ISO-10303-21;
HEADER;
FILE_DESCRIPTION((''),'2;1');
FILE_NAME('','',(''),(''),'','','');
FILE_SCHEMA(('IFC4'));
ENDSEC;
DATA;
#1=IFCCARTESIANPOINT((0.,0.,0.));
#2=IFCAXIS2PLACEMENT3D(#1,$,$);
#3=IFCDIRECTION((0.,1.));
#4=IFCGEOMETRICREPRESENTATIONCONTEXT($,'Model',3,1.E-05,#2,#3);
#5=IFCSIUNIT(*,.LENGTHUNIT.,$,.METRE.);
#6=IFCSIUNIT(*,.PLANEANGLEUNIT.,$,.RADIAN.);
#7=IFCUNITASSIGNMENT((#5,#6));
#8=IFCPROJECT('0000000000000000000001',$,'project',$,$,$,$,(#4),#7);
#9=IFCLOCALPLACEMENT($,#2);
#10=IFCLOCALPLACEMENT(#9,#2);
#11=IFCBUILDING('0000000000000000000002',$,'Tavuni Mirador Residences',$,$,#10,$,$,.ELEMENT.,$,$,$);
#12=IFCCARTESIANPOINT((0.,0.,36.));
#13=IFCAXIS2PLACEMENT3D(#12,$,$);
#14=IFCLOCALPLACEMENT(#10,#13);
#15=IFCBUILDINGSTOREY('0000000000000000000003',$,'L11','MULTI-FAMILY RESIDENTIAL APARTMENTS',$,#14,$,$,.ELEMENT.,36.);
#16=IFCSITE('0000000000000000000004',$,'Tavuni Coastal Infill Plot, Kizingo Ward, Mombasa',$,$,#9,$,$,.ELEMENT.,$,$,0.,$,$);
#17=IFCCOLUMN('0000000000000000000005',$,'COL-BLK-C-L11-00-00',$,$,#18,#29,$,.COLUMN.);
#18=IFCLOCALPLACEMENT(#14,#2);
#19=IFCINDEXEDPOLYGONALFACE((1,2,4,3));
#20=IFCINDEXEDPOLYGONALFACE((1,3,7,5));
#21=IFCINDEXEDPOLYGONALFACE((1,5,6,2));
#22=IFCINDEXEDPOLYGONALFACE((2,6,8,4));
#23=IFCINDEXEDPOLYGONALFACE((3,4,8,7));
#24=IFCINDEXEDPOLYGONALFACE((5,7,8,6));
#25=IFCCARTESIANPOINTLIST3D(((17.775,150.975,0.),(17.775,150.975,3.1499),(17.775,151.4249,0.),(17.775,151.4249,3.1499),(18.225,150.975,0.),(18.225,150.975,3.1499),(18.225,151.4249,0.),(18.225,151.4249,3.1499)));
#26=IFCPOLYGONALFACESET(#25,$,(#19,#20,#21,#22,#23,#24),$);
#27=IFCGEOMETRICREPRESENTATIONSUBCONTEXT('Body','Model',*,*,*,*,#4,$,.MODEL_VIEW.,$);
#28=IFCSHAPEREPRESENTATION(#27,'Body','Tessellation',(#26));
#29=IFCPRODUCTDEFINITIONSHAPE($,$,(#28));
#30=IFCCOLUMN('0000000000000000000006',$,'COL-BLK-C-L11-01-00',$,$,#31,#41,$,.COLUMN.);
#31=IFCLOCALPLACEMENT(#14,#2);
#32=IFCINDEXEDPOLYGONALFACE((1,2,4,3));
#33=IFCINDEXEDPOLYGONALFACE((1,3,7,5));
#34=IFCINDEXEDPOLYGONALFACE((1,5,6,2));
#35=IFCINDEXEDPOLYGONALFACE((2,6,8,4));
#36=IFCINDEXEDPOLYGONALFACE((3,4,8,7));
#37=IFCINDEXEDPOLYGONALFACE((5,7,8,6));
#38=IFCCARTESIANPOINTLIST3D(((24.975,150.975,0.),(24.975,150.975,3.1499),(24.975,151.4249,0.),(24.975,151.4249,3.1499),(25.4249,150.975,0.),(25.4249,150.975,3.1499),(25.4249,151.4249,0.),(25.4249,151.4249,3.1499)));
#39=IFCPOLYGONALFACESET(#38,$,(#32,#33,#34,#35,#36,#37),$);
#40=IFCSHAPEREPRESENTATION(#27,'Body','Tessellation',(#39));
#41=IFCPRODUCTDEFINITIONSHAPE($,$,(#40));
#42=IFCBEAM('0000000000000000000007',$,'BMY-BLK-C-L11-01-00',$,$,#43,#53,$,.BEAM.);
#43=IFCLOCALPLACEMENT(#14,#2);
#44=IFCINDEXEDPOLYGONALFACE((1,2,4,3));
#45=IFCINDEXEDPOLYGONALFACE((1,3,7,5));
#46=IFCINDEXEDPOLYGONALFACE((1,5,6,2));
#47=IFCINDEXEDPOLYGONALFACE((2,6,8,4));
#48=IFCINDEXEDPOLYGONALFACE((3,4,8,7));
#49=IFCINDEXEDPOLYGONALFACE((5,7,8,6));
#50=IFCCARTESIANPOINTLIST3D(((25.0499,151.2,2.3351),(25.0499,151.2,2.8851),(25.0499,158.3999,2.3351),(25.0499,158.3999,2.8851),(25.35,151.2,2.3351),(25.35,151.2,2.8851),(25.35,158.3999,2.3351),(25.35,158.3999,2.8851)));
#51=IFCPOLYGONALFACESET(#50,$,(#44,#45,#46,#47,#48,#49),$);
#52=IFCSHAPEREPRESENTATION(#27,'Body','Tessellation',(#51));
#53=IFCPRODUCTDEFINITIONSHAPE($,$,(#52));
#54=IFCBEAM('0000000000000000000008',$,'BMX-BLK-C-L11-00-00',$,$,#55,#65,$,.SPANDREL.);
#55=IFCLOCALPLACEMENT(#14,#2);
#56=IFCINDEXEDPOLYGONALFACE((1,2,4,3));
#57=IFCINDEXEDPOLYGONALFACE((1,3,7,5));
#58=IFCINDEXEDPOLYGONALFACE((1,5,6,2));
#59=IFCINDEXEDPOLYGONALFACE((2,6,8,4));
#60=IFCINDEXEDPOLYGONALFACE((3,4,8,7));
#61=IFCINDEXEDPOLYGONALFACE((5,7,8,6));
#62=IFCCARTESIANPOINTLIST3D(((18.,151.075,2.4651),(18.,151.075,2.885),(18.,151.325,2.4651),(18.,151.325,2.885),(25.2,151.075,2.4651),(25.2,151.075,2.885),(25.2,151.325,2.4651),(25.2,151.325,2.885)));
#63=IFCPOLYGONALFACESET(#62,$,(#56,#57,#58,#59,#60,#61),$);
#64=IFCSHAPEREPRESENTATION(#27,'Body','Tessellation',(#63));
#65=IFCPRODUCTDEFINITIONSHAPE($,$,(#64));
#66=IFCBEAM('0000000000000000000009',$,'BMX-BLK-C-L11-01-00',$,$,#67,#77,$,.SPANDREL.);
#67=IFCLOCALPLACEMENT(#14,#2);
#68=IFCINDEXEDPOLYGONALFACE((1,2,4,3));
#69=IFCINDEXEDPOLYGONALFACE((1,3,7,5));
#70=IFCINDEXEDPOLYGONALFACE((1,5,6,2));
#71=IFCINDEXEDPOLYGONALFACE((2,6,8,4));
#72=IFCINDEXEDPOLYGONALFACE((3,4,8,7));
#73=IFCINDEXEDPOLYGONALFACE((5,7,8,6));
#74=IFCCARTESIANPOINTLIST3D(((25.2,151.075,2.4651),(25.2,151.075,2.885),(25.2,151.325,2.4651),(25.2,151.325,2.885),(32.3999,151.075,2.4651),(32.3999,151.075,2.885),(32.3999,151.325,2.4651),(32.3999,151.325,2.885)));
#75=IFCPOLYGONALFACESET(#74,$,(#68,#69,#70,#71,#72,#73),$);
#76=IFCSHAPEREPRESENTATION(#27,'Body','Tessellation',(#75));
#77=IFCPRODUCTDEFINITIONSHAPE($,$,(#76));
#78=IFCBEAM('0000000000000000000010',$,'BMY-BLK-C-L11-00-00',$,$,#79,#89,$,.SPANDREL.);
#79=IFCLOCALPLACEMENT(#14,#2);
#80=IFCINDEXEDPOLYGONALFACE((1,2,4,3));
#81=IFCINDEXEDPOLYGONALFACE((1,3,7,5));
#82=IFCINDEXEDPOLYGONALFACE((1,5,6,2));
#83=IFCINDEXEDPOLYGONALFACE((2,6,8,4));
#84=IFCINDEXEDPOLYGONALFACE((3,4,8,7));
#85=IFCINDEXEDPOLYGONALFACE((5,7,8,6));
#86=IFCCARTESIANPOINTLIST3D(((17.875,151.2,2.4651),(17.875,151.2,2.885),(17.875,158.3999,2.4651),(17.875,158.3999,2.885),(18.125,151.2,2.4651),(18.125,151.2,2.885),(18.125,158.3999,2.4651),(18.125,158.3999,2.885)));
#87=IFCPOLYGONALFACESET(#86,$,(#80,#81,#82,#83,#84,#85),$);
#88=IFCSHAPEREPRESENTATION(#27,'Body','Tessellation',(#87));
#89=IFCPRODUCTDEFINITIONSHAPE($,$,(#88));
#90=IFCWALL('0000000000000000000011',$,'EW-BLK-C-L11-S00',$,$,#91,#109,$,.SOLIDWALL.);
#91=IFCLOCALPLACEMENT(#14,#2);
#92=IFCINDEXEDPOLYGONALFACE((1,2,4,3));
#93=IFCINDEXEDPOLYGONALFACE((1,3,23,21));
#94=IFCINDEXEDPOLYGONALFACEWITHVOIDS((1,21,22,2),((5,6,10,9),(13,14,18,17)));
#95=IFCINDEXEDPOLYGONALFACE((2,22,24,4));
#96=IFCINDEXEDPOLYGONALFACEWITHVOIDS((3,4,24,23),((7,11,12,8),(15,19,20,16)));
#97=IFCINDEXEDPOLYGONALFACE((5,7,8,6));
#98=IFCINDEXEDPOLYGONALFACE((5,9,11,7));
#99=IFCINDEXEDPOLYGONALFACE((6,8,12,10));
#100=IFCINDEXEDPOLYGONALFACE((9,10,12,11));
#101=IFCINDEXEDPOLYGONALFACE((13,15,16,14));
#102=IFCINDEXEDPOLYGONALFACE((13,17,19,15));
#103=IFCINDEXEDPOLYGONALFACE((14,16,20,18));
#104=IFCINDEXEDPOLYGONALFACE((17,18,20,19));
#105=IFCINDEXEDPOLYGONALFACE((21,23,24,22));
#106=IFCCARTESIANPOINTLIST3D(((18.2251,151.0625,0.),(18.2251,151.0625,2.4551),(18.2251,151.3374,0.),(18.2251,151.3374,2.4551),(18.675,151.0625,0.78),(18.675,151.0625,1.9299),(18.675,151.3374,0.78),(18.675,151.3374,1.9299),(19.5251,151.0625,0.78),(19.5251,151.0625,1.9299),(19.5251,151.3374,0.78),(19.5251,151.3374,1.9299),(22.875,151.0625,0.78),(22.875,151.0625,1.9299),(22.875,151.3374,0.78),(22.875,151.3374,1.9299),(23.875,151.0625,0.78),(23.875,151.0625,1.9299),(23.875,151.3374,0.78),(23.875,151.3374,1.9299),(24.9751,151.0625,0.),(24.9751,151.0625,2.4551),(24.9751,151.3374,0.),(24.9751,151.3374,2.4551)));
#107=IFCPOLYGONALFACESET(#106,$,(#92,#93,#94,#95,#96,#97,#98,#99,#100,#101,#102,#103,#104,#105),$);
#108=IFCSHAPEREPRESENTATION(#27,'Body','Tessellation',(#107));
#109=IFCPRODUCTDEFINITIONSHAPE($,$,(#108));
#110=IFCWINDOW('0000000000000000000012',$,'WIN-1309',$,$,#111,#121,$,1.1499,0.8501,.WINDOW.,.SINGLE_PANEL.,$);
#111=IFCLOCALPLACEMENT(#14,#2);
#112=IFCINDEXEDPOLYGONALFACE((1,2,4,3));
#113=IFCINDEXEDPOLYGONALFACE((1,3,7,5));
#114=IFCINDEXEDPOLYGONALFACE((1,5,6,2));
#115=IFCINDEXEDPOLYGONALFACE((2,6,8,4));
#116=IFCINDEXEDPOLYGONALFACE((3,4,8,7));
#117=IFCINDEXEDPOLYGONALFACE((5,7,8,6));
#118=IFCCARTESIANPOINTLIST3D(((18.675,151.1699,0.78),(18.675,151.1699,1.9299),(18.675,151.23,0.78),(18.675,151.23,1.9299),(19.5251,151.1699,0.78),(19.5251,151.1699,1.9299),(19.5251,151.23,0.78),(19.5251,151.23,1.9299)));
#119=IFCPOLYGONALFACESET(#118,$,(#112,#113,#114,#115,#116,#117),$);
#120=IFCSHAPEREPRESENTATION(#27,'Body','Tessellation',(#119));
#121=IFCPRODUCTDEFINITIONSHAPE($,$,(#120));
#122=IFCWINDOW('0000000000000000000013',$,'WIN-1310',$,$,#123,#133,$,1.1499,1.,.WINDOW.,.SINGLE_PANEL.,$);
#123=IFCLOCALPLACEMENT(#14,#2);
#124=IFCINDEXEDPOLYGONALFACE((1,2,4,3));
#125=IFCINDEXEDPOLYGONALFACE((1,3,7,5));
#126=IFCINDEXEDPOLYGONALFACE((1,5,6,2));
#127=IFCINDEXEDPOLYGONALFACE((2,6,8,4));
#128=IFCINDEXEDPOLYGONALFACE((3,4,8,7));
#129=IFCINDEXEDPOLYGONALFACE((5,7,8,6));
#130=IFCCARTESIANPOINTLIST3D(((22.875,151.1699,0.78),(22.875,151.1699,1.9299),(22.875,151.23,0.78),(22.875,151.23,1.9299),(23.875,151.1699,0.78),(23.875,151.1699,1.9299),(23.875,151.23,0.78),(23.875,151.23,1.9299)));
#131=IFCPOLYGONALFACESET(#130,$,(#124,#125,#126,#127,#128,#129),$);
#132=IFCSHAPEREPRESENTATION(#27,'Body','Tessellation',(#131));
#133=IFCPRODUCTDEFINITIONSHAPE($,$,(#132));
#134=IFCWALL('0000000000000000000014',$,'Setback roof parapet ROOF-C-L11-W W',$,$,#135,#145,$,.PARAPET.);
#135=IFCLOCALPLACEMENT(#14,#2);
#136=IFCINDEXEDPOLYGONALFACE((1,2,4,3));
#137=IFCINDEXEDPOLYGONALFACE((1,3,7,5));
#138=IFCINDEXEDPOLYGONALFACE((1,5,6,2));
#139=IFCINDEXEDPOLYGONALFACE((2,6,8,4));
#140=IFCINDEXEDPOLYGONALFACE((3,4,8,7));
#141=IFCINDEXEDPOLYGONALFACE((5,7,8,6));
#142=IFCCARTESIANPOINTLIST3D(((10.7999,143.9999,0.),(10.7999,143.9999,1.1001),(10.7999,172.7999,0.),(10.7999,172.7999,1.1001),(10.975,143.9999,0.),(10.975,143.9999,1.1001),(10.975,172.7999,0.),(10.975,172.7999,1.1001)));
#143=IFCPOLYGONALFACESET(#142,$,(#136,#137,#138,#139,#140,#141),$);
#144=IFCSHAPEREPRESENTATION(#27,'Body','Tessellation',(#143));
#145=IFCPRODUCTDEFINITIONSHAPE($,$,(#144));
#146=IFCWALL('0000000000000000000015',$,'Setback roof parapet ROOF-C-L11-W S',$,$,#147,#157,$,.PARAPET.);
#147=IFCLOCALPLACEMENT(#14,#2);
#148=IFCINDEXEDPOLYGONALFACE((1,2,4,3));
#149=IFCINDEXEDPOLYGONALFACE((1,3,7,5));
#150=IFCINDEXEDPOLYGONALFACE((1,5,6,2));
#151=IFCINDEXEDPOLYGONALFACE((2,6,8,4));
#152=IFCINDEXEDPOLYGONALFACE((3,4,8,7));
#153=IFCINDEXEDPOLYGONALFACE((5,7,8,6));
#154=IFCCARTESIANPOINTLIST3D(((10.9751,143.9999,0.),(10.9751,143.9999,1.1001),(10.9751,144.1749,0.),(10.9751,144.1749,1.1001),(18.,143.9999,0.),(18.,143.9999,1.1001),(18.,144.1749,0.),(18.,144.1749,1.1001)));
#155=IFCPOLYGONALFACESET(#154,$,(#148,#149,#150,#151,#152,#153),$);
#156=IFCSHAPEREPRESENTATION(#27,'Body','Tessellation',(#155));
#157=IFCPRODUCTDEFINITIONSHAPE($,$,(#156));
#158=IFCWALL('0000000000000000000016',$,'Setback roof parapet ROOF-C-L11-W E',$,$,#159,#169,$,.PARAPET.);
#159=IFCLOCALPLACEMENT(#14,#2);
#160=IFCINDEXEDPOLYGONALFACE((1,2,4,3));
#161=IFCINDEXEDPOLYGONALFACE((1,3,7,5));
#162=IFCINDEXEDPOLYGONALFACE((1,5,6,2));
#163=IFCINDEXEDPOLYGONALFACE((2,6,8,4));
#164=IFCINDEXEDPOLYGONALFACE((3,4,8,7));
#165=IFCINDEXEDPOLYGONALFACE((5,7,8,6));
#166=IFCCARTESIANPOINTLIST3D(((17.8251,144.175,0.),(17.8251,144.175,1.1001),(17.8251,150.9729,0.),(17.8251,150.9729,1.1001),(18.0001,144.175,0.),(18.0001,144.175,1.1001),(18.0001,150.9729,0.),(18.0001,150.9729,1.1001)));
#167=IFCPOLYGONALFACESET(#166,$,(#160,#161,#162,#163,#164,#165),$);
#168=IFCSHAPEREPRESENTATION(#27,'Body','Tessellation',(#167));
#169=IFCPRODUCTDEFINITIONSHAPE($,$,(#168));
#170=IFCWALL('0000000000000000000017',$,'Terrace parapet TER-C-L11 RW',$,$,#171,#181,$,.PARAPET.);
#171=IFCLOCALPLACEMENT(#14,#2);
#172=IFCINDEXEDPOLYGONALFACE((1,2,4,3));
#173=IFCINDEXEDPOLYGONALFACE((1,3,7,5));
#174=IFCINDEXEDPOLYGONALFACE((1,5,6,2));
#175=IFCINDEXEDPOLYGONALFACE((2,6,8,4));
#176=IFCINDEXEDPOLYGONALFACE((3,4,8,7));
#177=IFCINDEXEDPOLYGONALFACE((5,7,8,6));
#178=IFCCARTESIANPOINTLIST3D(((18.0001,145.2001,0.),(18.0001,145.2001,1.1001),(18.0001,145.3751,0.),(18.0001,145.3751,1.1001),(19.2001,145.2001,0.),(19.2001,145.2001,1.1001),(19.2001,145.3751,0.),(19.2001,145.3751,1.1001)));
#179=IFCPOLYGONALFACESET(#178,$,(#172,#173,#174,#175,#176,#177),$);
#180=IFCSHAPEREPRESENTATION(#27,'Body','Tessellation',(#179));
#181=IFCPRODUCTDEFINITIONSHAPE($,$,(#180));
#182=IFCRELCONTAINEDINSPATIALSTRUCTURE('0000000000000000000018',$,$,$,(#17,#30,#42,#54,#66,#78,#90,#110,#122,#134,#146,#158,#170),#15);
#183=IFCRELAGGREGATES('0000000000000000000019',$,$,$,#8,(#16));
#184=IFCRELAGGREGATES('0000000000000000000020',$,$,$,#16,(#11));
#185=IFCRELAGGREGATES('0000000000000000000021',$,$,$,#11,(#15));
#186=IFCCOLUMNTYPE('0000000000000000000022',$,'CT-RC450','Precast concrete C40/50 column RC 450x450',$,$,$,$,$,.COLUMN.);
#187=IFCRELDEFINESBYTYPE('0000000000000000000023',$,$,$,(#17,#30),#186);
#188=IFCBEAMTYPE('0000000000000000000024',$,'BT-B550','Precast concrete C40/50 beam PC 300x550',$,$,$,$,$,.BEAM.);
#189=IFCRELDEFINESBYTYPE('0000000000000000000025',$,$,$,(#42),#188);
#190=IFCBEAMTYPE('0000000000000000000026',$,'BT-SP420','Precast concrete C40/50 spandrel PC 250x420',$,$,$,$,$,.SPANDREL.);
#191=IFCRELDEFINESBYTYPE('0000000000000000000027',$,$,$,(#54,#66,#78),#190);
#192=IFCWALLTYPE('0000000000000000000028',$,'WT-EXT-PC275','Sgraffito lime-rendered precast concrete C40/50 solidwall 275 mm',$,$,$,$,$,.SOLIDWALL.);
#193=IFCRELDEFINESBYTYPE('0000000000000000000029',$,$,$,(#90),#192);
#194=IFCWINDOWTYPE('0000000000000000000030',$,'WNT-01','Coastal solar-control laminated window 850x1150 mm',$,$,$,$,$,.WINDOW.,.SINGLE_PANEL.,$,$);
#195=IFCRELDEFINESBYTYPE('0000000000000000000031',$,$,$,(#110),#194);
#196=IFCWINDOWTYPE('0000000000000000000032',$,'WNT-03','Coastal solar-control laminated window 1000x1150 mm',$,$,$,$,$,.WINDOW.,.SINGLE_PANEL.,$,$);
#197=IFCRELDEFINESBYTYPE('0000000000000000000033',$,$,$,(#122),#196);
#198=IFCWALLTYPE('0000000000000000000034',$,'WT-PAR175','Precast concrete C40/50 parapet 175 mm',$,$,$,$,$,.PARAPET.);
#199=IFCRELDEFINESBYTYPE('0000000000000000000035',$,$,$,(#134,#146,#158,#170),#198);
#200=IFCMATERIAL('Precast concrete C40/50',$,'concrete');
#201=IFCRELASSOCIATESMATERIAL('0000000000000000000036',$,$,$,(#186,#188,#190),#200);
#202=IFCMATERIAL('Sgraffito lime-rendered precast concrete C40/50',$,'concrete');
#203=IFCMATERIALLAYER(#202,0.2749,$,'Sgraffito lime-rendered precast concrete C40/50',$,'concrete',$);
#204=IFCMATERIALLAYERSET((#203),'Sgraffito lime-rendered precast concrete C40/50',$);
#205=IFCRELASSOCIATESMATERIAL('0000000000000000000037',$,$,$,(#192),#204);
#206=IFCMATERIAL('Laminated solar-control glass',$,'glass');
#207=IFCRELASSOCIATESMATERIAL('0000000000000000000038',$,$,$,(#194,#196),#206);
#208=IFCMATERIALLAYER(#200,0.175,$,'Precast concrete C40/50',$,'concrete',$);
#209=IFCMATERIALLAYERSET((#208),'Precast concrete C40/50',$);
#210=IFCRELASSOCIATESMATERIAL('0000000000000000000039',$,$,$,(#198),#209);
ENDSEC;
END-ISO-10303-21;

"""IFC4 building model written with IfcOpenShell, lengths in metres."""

from ifc_helpers import new_model, si_unit, direction, frame, frame_2d, origin, origin_2d, place, context, subcontext, project, spatial, rectangle, extrude, material, layer, layer_set, material_profile, profile_set, type_object, element, fill, save


model = new_model("IFC4")

# Units and contexts
model_context = context("Model", 3, precision=1e-05, world=origin(), true_north=direction((0.0, 1.0)))
body_context = subcontext(model_context, "Body", "Model", "MODEL_VIEW")
ifc_project = project(units=[si_unit("LENGTHUNIT", "METRE"), si_unit("PLANEANGLEUNIT", "RADIAN")], contexts=[model_context])

# Site, building, storey
site_placement = place(None, origin())
site = spatial("IfcSite", under=ifc_project, at=site_placement, Name="Tavuni Coastal Infill Plot, Kizingo Ward, Mombasa", CompositionType="ELEMENT", RefElevation=0.0)
building_placement = place(site_placement, origin())
building = spatial("IfcBuilding", under=site, at=building_placement, Name="Tavuni Mirador Residences", CompositionType="ELEMENT")
storey_placement = place(building_placement, frame((0.0, 0.0, 36.0)))
storey = spatial("IfcBuildingStorey", under=building, at=storey_placement, Name="L11", Description="MULTI-FAMILY RESIDENTIAL APARTMENTS", CompositionType="ELEMENT", Elevation=36.0)

# Columns
ifc_material_1 = material(Name="Precast concrete C40/50", Category="concrete")
ifc_material_profile_1 = material_profile(ifc_material_1, rectangle(XDim=0.45, YDim=0.45, at=origin_2d()), Name="RC 450x450", Category="concrete")
ifc_profile_set_1 = profile_set([ifc_material_profile_1], Name="Precast concrete C40/50")
column_type = type_object("IfcColumnType", Name="CT-RC450", Description="Precast concrete C40/50 column RC 450x450", PredefinedType="COLUMN", material=ifc_profile_set_1)
for number, where, z_axis, x_axis, name in (
    (1, (18.0, 151.2, 0.0), (0.0, 0.0, 1.0), (1.0, 0.0, 0.0), "COL-BLK-C-L11-00-00"),
    (2, (25.2, 151.2, 0.0), (0.0, 0.0, 1.0), (1.0, 0.0, 0.0), "COL-BLK-C-L11-01-00"),
):
    element("IfcColumn", number, at=place(storey_placement, frame(where, z_axis=z_axis, x_axis=x_axis)), inside=storey, type_object=column_type, Name=name, PredefinedType="COLUMN", context=body_context, shape_type="SweptSolid", body=[
        extrude(rectangle(XDim=0.45, YDim=0.45, at=origin_2d()), origin(), (0.0, 0.0, 1.0), 3.1499),
    ])

# Beams
ifc_material_profile_2 = material_profile(ifc_material_1, rectangle(XDim=0.3, YDim=0.55, at=origin_2d()), Name="PC 300x550", Category="concrete")
ifc_profile_set_2 = profile_set([ifc_material_profile_2], Name="Precast concrete C40/50")
beam_type_1 = type_object("IfcBeamType", Name="BT-B550", Description="Precast concrete C40/50 beam PC 300x550", PredefinedType="BEAM", material=ifc_profile_set_2)
beam_placement = place(storey_placement, frame((25.2, 151.2, 2.6101), z_axis=(0.0, 1.0, 0.0), x_axis=(-1.0, 0.0, 0.0)))
element("IfcBeam", 3, at=beam_placement, inside=storey, type_object=beam_type_1, Name="BMY-BLK-C-L11-01-00", PredefinedType="BEAM", context=body_context, shape_type="SweptSolid", body=[
    extrude(rectangle(XDim=0.3, YDim=0.55, at=origin_2d()), origin(), (0.0, 0.0, 1.0), 7.2),
])
ifc_material_profile_3 = material_profile(ifc_material_1, rectangle(XDim=0.25, YDim=0.4199, at=origin_2d()), Name="PC 250x420", Category="concrete")
ifc_profile_set_3 = profile_set([ifc_material_profile_3], Name="Precast concrete C40/50")
beam_type_2 = type_object("IfcBeamType", Name="BT-SP420", Description="Precast concrete C40/50 spandrel PC 250x420", PredefinedType="SPANDREL", material=ifc_profile_set_3)
for number, where, z_axis, x_axis, name in (
    (4, (18.0, 151.2, 2.675), (1.0, 0.0, 0.0), (0.0, 1.0, 0.0), "BMX-BLK-C-L11-00-00"),
    (5, (25.2, 151.2, 2.675), (1.0, 0.0, 0.0), (0.0, 1.0, 0.0), "BMX-BLK-C-L11-01-00"),
    (6, (18.0, 151.2, 2.675), (0.0, 1.0, 0.0), (-1.0, 0.0, 0.0), "BMY-BLK-C-L11-00-00"),
):
    element("IfcBeam", number, at=place(storey_placement, frame(where, z_axis=z_axis, x_axis=x_axis)), inside=storey, type_object=beam_type_2, Name=name, PredefinedType="SPANDREL", context=body_context, shape_type="SweptSolid", body=[
        extrude(rectangle(XDim=0.25, YDim=0.4199, at=origin_2d()), origin(), (0.0, 0.0, 1.0), 7.2),
    ])

# Wall, openings, windows
ifc_material_2 = material(Name="Sgraffito lime-rendered precast concrete C40/50", Category="concrete")
ifc_layer_1 = layer(ifc_material_2, 0.2749, Name="Sgraffito lime-rendered precast concrete C40/50", Category="concrete")
ifc_layer_set_1 = layer_set([ifc_layer_1], Name="Sgraffito lime-rendered precast concrete C40/50")
wall_type_1 = type_object("IfcWallType", Name="WT-EXT-PC275", Description="Sgraffito lime-rendered precast concrete C40/50 solidwall 275 mm", PredefinedType="SOLIDWALL", material=ifc_layer_set_1)
wall_1_placement = place(storey_placement, frame((18.2251, 151.2, 0.0), z_axis=(0.0, 0.0, 1.0), x_axis=(1.0, 0.0, 0.0)))
wall_1 = element("IfcWall", 7, at=wall_1_placement, inside=storey, type_object=wall_type_1, Name="EW-BLK-C-L11-S00", PredefinedType="SOLIDWALL", context=body_context, shape_type="SweptSolid", body=[
    extrude(rectangle(XDim=6.75, YDim=0.2749, at=frame_2d((3.375, 0.0))), origin(), (0.0, 0.0, 1.0), 2.4551),
])
opening_1_placement = place(wall_1_placement, frame((0.45, 0.0, 0.78)))
opening_1 = element("IfcOpeningElement", 8, at=opening_1_placement, cuts=wall_1, PredefinedType="OPENING", context=body_context, shape_type="SweptSolid", body=[
    extrude(rectangle(XDim=0.8501, YDim=1.1499, at=frame_2d((0.425, 0.575))), frame((0.0, 0.1475, 0.0), z_axis=(0.0, -1.0, 0.0), x_axis=(1.0, 0.0, 0.0)), (0.0, 0.0, 1.0), 0.2949),
])
opening_2_placement = place(wall_1_placement, frame((4.6499, 0.0, 0.78)))
opening_2 = element("IfcOpeningElement", 9, at=opening_2_placement, cuts=wall_1, PredefinedType="OPENING", context=body_context, shape_type="SweptSolid", body=[
    extrude(rectangle(XDim=1.0, YDim=1.1499, at=frame_2d((0.5, 0.575))), frame((0.0, 0.1475, 0.0), z_axis=(0.0, -1.0, 0.0), x_axis=(1.0, 0.0, 0.0)), (0.0, 0.0, 1.0), 0.2949),
])
ifc_material_3 = material(Name="Laminated solar-control glass", Category="glass")
window_type_1 = type_object("IfcWindowType", Name="WNT-01", Description="Coastal solar-control laminated window 850x1150 mm", PartitioningType="SINGLE_PANEL", PredefinedType="WINDOW", material=ifc_material_3)
window_1_placement = place(opening_1_placement, origin())
window_1 = element("IfcWindow", 10, at=window_1_placement, inside=storey, type_object=window_type_1, Name="WIN-1309", OverallHeight=1.1499, OverallWidth=0.8501, PartitioningType="SINGLE_PANEL", PredefinedType="WINDOW", context=body_context, shape_type="SweptSolid", body=[
    extrude(rectangle(XDim=0.8501, YDim=1.1499, at=frame_2d((0.425, 0.575))), frame((0.0, 0.03, 0.0), z_axis=(0.0, -1.0, 0.0), x_axis=(1.0, 0.0, 0.0)), (0.0, 0.0, 1.0), 0.0601),
])
fill(opening_1, window_1)
window_type_2 = type_object("IfcWindowType", Name="WNT-03", Description="Coastal solar-control laminated window 1000x1150 mm", PartitioningType="SINGLE_PANEL", PredefinedType="WINDOW", material=ifc_material_3)
window_2_placement = place(opening_2_placement, origin())
window_2 = element("IfcWindow", 11, at=window_2_placement, inside=storey, type_object=window_type_2, Name="WIN-1310", OverallHeight=1.1499, OverallWidth=1.0, PartitioningType="SINGLE_PANEL", PredefinedType="WINDOW", context=body_context, shape_type="SweptSolid", body=[
    extrude(rectangle(XDim=1.0, YDim=1.1499, at=frame_2d((0.5, 0.575))), frame((0.0, 0.03, 0.0), z_axis=(0.0, -1.0, 0.0), x_axis=(1.0, 0.0, 0.0)), (0.0, 0.0, 1.0), 0.0601),
])
fill(opening_2, window_2)

# Walls
ifc_layer_2 = layer(ifc_material_1, 0.175, Name="Precast concrete C40/50", Category="concrete")
ifc_layer_set_2 = layer_set([ifc_layer_2], Name="Precast concrete C40/50")
wall_type_2 = type_object("IfcWallType", Name="WT-PAR175", Description="Precast concrete C40/50 parapet 175 mm", PredefinedType="PARAPET", material=ifc_layer_set_2)
wall_2_placement = place(storey_placement, frame((10.8875, 144.0, 0.0), z_axis=(0.0, 0.0, 1.0), x_axis=(0.0, 1.0, 0.0)))
element("IfcWall", 12, at=wall_2_placement, inside=storey, type_object=wall_type_2, Name="Setback roof parapet ROOF-C-L11-W W", PredefinedType="PARAPET", context=body_context, shape_type="SweptSolid", body=[
    extrude(rectangle(XDim=28.8, YDim=0.175, at=frame_2d((14.3999, 0.0))), origin(), (0.0, 0.0, 1.0), 1.1001),
])
wall_3_placement = place(storey_placement, frame((10.9751, 144.0874, 0.0), z_axis=(0.0, 0.0, 1.0), x_axis=(1.0, 0.0, 0.0)))
element("IfcWall", 13, at=wall_3_placement, inside=storey, type_object=wall_type_2, Name="Setback roof parapet ROOF-C-L11-W S", PredefinedType="PARAPET", context=body_context, shape_type="SweptSolid", body=[
    extrude(rectangle(XDim=7.0249, YDim=0.175, at=frame_2d((3.5125, 0.0))), origin(), (0.0, 0.0, 1.0), 1.1001),
])
wall_4_placement = place(storey_placement, frame((17.9126, 144.175, 0.0), z_axis=(0.0, 0.0, 1.0), x_axis=(0.0, 1.0, 0.0)))
element("IfcWall", 14, at=wall_4_placement, inside=storey, type_object=wall_type_2, Name="Setback roof parapet ROOF-C-L11-W E", PredefinedType="PARAPET", context=body_context, shape_type="SweptSolid", body=[
    extrude(rectangle(XDim=6.7979, YDim=0.175, at=frame_2d((3.3989, 0.0))), origin(), (0.0, 0.0, 1.0), 1.1001),
])
wall_5_placement = place(storey_placement, frame((18.0, 145.2876, 0.0), z_axis=(0.0, 0.0, 1.0), x_axis=(1.0, 0.0, 0.0)))
element("IfcWall", 15, at=wall_5_placement, inside=storey, type_object=wall_type_2, Name="Terrace parapet TER-C-L11 RW", PredefinedType="PARAPET", context=body_context, shape_type="SweptSolid", body=[
    extrude(rectangle(XDim=1.2, YDim=0.175, at=frame_2d((0.6001, 0.0))), origin(), (0.0, 0.0, 1.0), 1.1001),
])

save(model, "model.ifc")
